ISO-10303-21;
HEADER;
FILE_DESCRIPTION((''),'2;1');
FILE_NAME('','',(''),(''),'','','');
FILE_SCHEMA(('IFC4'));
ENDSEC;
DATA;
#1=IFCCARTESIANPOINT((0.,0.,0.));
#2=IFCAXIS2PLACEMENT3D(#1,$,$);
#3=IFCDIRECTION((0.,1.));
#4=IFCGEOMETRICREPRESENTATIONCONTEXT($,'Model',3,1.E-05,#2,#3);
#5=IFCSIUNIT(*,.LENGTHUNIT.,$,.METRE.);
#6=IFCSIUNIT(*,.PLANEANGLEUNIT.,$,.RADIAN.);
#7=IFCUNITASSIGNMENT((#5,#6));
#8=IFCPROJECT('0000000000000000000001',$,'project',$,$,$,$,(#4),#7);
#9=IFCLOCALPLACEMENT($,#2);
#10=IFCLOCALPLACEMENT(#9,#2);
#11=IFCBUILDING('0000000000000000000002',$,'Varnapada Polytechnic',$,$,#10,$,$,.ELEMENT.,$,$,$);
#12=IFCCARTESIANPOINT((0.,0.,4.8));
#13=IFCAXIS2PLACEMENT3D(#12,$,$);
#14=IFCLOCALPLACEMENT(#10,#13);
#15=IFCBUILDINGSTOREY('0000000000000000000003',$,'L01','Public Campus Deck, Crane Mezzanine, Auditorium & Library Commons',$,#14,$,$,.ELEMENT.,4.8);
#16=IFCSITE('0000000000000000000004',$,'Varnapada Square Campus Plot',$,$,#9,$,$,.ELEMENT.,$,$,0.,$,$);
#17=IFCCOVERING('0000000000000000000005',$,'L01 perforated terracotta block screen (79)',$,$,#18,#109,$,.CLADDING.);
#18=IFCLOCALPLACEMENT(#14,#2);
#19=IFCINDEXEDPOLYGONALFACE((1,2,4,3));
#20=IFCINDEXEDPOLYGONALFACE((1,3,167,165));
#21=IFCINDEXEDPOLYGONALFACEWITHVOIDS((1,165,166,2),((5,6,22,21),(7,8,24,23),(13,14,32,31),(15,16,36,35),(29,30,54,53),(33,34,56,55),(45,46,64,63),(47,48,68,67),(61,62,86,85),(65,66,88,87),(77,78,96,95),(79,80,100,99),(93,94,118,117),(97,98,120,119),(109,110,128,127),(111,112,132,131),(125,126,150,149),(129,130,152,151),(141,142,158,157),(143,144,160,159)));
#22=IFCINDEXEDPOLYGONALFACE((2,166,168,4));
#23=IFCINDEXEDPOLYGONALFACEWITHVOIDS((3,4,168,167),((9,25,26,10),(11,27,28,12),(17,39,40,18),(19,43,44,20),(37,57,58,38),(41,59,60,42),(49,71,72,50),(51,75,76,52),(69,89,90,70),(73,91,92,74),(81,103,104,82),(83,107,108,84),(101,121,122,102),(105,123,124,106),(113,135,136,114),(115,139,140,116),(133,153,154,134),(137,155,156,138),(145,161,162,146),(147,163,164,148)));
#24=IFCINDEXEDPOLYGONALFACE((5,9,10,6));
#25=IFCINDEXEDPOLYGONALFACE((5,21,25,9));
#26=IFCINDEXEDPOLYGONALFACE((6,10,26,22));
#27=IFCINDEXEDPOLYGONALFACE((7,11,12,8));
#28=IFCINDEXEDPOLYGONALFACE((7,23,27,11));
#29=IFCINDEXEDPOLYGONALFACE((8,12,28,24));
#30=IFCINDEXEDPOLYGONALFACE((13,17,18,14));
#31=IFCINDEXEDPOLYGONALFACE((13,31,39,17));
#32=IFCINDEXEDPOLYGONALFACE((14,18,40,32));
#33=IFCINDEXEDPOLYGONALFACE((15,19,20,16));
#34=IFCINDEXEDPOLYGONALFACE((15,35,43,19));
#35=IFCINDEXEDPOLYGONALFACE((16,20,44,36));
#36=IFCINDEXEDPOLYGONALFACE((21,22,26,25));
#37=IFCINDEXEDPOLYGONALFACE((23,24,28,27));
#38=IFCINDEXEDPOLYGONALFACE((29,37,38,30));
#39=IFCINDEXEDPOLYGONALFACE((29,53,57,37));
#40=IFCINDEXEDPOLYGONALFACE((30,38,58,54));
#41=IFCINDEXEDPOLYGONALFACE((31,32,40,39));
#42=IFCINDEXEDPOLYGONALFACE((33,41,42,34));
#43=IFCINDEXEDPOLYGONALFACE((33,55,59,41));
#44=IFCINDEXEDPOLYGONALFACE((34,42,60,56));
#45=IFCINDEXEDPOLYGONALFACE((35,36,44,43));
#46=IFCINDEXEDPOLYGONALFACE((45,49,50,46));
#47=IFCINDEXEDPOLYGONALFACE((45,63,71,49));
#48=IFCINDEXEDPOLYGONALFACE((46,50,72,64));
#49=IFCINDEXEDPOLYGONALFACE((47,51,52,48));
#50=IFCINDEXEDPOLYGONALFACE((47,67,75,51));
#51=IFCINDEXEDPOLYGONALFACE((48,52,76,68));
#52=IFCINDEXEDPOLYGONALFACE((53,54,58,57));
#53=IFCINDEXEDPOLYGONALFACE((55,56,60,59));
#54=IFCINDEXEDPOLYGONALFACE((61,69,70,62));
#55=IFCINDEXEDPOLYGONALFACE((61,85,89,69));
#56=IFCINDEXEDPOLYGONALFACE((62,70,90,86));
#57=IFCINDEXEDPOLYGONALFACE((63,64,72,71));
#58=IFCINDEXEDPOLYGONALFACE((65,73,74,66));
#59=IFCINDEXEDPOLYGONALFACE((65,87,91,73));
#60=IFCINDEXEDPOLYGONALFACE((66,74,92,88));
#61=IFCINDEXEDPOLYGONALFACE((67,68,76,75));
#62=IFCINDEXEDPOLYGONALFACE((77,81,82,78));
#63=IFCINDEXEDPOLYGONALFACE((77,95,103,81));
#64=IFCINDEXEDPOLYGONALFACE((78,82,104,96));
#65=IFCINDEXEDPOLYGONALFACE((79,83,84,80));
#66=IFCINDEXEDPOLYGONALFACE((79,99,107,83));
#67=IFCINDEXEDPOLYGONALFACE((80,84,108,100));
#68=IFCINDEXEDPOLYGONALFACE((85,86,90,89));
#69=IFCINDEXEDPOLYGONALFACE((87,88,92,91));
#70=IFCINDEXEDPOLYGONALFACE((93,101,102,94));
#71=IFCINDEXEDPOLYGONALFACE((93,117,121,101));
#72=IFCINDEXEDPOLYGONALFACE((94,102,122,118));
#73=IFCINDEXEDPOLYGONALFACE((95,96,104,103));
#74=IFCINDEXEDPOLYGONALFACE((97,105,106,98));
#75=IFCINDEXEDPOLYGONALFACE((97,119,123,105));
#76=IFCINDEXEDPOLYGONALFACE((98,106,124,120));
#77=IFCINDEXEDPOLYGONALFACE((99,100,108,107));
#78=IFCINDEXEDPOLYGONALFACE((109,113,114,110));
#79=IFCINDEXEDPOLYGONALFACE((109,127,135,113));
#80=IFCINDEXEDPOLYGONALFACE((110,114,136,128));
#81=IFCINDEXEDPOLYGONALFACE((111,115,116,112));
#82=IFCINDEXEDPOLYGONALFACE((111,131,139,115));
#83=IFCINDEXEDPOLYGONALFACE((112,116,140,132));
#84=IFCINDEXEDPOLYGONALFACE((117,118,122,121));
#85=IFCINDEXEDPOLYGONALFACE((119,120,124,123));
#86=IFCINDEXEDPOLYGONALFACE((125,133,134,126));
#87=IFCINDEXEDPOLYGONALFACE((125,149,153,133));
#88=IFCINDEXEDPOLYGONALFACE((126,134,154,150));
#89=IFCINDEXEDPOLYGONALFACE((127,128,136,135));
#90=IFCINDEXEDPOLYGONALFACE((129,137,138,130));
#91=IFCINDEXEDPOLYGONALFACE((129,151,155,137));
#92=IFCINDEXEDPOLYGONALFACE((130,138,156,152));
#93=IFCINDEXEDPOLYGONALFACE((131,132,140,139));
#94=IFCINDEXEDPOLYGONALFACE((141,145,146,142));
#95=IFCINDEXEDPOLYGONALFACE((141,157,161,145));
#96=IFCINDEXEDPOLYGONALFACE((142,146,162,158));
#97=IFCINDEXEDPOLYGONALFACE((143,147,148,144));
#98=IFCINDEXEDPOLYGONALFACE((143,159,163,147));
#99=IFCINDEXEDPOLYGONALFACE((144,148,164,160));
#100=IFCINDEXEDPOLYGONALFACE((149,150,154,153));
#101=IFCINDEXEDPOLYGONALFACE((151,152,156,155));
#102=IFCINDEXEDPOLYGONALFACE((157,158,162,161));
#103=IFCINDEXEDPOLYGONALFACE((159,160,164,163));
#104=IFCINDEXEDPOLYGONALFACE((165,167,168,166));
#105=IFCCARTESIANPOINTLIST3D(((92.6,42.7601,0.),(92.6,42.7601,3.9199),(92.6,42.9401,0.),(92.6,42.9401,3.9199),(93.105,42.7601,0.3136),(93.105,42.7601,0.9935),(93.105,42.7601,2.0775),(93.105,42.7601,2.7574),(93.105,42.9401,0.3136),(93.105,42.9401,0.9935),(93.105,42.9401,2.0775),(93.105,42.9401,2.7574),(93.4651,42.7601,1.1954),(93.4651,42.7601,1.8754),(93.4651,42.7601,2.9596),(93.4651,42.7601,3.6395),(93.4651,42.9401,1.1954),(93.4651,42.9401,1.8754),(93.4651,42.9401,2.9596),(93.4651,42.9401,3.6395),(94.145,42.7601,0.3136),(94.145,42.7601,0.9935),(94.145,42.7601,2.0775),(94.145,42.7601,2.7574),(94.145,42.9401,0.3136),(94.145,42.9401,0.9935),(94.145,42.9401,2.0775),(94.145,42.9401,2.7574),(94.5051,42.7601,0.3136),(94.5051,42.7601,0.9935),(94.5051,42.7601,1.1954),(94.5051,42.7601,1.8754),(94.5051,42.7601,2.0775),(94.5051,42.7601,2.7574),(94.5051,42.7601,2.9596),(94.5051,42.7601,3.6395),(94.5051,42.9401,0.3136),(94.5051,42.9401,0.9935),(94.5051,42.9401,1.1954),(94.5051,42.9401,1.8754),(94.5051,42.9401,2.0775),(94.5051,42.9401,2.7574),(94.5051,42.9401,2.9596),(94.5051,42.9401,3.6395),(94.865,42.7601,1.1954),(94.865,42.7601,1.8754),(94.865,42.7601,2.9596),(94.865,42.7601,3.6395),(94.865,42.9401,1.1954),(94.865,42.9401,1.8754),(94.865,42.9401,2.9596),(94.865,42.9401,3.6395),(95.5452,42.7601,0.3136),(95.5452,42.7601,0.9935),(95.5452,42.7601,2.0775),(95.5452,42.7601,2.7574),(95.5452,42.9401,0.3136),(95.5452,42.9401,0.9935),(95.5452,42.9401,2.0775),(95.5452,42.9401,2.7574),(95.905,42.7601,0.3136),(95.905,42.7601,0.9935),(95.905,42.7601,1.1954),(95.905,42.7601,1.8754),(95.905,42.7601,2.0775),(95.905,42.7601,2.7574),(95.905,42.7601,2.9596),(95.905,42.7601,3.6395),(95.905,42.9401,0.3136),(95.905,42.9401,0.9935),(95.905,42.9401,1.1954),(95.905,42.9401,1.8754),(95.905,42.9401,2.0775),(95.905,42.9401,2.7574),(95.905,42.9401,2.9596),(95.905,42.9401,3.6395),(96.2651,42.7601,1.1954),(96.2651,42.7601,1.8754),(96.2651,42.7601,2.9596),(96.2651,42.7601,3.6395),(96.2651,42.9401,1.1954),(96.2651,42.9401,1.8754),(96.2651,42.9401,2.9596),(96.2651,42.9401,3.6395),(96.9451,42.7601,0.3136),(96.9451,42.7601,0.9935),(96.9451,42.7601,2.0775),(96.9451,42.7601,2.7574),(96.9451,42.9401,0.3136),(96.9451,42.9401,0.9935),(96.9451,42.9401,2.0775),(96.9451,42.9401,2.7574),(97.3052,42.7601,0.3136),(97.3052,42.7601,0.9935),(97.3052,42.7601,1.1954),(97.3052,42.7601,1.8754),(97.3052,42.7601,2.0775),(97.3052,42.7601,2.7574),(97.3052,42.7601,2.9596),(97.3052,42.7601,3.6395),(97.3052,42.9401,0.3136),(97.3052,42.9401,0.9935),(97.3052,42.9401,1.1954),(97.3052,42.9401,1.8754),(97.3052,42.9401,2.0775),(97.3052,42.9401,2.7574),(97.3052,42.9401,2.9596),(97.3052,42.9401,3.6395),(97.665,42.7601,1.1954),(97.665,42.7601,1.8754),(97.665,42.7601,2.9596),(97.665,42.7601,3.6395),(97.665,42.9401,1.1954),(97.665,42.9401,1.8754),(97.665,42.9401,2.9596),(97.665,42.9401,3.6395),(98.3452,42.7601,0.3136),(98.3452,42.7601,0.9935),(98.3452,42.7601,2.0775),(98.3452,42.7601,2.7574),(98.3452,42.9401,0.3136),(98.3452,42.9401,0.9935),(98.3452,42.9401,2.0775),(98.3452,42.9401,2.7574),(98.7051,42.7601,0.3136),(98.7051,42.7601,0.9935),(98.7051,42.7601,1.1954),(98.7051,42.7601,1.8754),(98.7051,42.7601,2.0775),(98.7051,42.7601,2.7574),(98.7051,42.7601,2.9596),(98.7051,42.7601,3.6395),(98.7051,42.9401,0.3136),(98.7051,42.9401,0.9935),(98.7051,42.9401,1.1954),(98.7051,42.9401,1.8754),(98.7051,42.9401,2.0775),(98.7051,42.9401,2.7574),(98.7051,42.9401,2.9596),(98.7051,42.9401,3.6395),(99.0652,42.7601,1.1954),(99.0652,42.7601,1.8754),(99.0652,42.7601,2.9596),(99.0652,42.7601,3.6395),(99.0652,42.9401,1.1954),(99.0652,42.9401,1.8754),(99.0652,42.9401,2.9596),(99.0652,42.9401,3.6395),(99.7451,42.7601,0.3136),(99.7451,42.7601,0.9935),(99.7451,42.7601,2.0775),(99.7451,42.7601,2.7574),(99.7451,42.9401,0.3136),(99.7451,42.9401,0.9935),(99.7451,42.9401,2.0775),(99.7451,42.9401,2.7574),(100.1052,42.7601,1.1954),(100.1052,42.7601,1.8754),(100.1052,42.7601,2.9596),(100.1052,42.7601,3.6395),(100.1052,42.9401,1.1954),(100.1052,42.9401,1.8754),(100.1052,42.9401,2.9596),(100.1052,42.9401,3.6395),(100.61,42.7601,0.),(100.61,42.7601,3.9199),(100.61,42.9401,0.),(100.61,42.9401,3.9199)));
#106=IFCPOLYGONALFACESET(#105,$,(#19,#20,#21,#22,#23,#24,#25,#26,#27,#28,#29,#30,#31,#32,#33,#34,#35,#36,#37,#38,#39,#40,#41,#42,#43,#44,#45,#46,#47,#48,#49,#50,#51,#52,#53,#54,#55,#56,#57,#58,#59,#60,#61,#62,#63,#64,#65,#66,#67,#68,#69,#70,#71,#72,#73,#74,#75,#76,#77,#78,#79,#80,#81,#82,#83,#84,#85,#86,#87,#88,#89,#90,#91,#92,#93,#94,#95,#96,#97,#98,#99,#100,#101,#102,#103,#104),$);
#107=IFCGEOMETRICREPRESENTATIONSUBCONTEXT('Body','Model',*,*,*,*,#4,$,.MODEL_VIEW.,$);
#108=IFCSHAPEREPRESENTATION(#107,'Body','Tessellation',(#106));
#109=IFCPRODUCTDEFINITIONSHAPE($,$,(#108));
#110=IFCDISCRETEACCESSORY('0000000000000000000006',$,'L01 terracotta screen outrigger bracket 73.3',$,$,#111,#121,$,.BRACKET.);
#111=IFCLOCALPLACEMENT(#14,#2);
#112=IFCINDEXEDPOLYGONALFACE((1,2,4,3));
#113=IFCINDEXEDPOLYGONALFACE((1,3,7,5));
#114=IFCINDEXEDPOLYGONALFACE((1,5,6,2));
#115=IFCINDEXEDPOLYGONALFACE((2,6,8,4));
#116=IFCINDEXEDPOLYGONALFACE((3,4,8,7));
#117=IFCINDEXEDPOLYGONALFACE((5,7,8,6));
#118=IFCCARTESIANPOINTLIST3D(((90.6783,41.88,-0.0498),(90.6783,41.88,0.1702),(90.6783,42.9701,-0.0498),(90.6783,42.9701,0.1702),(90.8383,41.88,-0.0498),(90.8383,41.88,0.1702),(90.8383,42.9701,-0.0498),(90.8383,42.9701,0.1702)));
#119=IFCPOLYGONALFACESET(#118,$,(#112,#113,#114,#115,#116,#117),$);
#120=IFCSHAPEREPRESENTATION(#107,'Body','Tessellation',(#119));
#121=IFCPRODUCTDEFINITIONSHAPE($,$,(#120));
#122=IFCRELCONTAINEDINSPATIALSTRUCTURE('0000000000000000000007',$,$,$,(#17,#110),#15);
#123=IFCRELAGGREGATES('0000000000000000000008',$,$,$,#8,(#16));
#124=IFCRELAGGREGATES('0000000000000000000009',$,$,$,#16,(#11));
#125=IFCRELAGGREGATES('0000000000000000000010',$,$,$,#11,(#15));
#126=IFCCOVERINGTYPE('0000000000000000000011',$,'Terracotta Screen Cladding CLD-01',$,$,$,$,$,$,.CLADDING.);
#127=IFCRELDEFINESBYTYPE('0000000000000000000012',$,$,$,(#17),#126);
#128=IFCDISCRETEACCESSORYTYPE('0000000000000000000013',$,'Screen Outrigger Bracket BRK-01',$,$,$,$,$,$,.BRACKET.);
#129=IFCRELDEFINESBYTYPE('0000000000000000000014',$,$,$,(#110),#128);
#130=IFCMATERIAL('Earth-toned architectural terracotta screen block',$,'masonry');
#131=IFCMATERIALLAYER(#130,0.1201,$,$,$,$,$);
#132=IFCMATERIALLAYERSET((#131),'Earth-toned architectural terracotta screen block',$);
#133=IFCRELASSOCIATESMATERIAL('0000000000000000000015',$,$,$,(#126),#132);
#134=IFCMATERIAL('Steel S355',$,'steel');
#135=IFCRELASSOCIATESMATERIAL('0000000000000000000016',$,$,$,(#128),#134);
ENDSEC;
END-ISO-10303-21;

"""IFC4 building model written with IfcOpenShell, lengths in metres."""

from ifc_helpers import new_model, si_unit, direction, frame, frame_2d, origin, origin_2d, place, context, subcontext, project, spatial, rectangle, extrude, material, layer, layer_set, type_object, element, save


model = new_model("IFC4")

# Units and contexts
model_context = context("Model", 3, precision=1e-05, world=origin(), true_north=direction((0.0, 1.0)))
body_context = subcontext(model_context, "Body", "Model", "MODEL_VIEW")
ifc_project = project(units=[si_unit("LENGTHUNIT", "METRE"), si_unit("PLANEANGLEUNIT", "RADIAN")], contexts=[model_context])

# Site, building, storey
site_placement = place(None, origin())
site = spatial("IfcSite", under=ifc_project, at=site_placement, Name="Varnapada Square Campus Plot", CompositionType="ELEMENT", RefElevation=0.0)
building_placement = place(site_placement, origin())
building = spatial("IfcBuilding", under=site, at=building_placement, Name="Varnapada Polytechnic", CompositionType="ELEMENT")
storey_placement = place(building_placement, frame((0.0, 0.0, 4.8)))
storey = spatial("IfcBuildingStorey", under=building, at=storey_placement, Name="L01", Description="Public Campus Deck, Crane Mezzanine, Auditorium & Library Commons", CompositionType="ELEMENT", Elevation=4.8)

# Shared definitions
ifc_material_1 = material(Name="Steel S355", Category="steel")

# Covering, openings
ifc_material_2 = material(Name="Earth-toned architectural terracotta screen block", Category="masonry")
ifc_layer_1 = layer(ifc_material_2, 0.1201)
ifc_layer_set_1 = layer_set([ifc_layer_1], Name="Earth-toned architectural terracotta screen block")
covering_type = type_object("IfcCoveringType", Name="Terracotta Screen Cladding CLD-01", PredefinedType="CLADDING", material=ifc_layer_set_1)
covering_placement = place(storey_placement, frame((92.6001, 42.8501, 0.0), z_axis=(0.0, 0.0, 1.0), x_axis=(1.0, 0.0, 0.0)))
covering = element("IfcCovering", 1, at=covering_placement, inside=storey, type_object=covering_type, Name="L01 perforated terracotta block screen (79)", PredefinedType="CLADDING", context=body_context, shape_type="SweptSolid", body=[
    extrude(rectangle(XDim=8.01, YDim=0.1799, at=frame_2d((4.0049, 0.0))), origin(), (0.0, 0.0, 1.0), 3.9199),
])
opening_1_placement = place(covering_placement, frame((0.5049, 0.0, 0.3137)))
element("IfcOpeningElement", 2, at=opening_1_placement, cuts=covering, PredefinedType="OPENING", context=body_context, shape_type="SweptSolid", body=[
    extrude(rectangle(XDim=1.04, YDim=0.6799, at=frame_2d((0.52, 0.3398))), frame((0.0, 0.0999, 0.0), z_axis=(0.0, -1.0, 0.0), x_axis=(1.0, 0.0, 0.0)), (0.0, 0.0, 1.0), 0.2),
])
opening_2_placement = place(covering_placement, frame((1.905, 0.0, 0.3137)))
element("IfcOpeningElement", 3, at=opening_2_placement, cuts=covering, PredefinedType="OPENING", context=body_context, shape_type="SweptSolid", body=[
    extrude(rectangle(XDim=1.04, YDim=0.6799, at=frame_2d((0.52, 0.3398))), frame((0.0, 0.0999, 0.0), z_axis=(0.0, -1.0, 0.0), x_axis=(1.0, 0.0, 0.0)), (0.0, 0.0, 1.0), 0.2),
])
opening_3_placement = place(covering_placement, frame((3.3049, 0.0, 0.3137)))
element("IfcOpeningElement", 4, at=opening_3_placement, cuts=covering, PredefinedType="OPENING", context=body_context, shape_type="SweptSolid", body=[
    extrude(rectangle(XDim=1.04, YDim=0.6799, at=frame_2d((0.52, 0.3398))), frame((0.0, 0.0999, 0.0), z_axis=(0.0, -1.0, 0.0), x_axis=(1.0, 0.0, 0.0)), (0.0, 0.0, 1.0), 0.2),
])
opening_4_placement = place(covering_placement, frame((4.7051, 0.0, 0.3137)))
element("IfcOpeningElement", 5, at=opening_4_placement, cuts=covering, PredefinedType="OPENING", context=body_context, shape_type="SweptSolid", body=[
    extrude(rectangle(XDim=1.04, YDim=0.6799, at=frame_2d((0.52, 0.3398))), frame((0.0, 0.0999, 0.0), z_axis=(0.0, -1.0, 0.0), x_axis=(1.0, 0.0, 0.0)), (0.0, 0.0, 1.0), 0.2),
])
opening_5_placement = place(covering_placement, frame((6.105, 0.0, 0.3137)))
element("IfcOpeningElement", 6, at=opening_5_placement, cuts=covering, PredefinedType="OPENING", context=body_context, shape_type="SweptSolid", body=[
    extrude(rectangle(XDim=1.04, YDim=0.6799, at=frame_2d((0.52, 0.3398))), frame((0.0, 0.0999, 0.0), z_axis=(0.0, -1.0, 0.0), x_axis=(1.0, 0.0, 0.0)), (0.0, 0.0, 1.0), 0.2),
])
opening_6_placement = place(covering_placement, frame((0.865, 0.0, 1.1956)))
element("IfcOpeningElement", 7, at=opening_6_placement, cuts=covering, PredefinedType="OPENING", context=body_context, shape_type="SweptSolid", body=[
    extrude(rectangle(XDim=1.04, YDim=0.6799, at=frame_2d((0.52, 0.3398))), frame((0.0, 0.0999, 0.0), z_axis=(0.0, -1.0, 0.0), x_axis=(1.0, 0.0, 0.0)), (0.0, 0.0, 1.0), 0.2),
])
opening_7_placement = place(covering_placement, frame((2.2649, 0.0, 1.1956)))
element("IfcOpeningElement", 8, at=opening_7_placement, cuts=covering, PredefinedType="OPENING", context=body_context, shape_type="SweptSolid", body=[
    extrude(rectangle(XDim=1.04, YDim=0.6799, at=frame_2d((0.52, 0.3398))), frame((0.0, 0.0999, 0.0), z_axis=(0.0, -1.0, 0.0), x_axis=(1.0, 0.0, 0.0)), (0.0, 0.0, 1.0), 0.2),
])
opening_8_placement = place(covering_placement, frame((3.665, 0.0, 1.1956)))
element("IfcOpeningElement", 9, at=opening_8_placement, cuts=covering, PredefinedType="OPENING", context=body_context, shape_type="SweptSolid", body=[
    extrude(rectangle(XDim=1.04, YDim=0.6799, at=frame_2d((0.52, 0.3398))), frame((0.0, 0.0999, 0.0), z_axis=(0.0, -1.0, 0.0), x_axis=(1.0, 0.0, 0.0)), (0.0, 0.0, 1.0), 0.2),
])
opening_9_placement = place(covering_placement, frame((5.0649, 0.0, 1.1956)))
element("IfcOpeningElement", 10, at=opening_9_placement, cuts=covering, PredefinedType="OPENING", context=body_context, shape_type="SweptSolid", body=[
    extrude(rectangle(XDim=1.04, YDim=0.6799, at=frame_2d((0.52, 0.3398))), frame((0.0, 0.0999, 0.0), z_axis=(0.0, -1.0, 0.0), x_axis=(1.0, 0.0, 0.0)), (0.0, 0.0, 1.0), 0.2),
])
opening_10_placement = place(covering_placement, frame((6.4651, 0.0, 1.1956)))
element("IfcOpeningElement", 11, at=opening_10_placement, cuts=covering, PredefinedType="OPENING", context=body_context, shape_type="SweptSolid", body=[
    extrude(rectangle(XDim=1.04, YDim=0.6799, at=frame_2d((0.52, 0.3398))), frame((0.0, 0.0999, 0.0), z_axis=(0.0, -1.0, 0.0), x_axis=(1.0, 0.0, 0.0)), (0.0, 0.0, 1.0), 0.2),
])
opening_11_placement = place(covering_placement, frame((0.5049, 0.0, 2.0776)))
element("IfcOpeningElement", 12, at=opening_11_placement, cuts=covering, PredefinedType="OPENING", context=body_context, shape_type="SweptSolid", body=[
    extrude(rectangle(XDim=1.04, YDim=0.6799, at=frame_2d((0.52, 0.3398))), frame((0.0, 0.0999, 0.0), z_axis=(0.0, -1.0, 0.0), x_axis=(1.0, 0.0, 0.0)), (0.0, 0.0, 1.0), 0.2),
])
opening_12_placement = place(covering_placement, frame((1.905, 0.0, 2.0776)))
element("IfcOpeningElement", 13, at=opening_12_placement, cuts=covering, PredefinedType="OPENING", context=body_context, shape_type="SweptSolid", body=[
    extrude(rectangle(XDim=1.04, YDim=0.6799, at=frame_2d((0.52, 0.3398))), frame((0.0, 0.0999, 0.0), z_axis=(0.0, -1.0, 0.0), x_axis=(1.0, 0.0, 0.0)), (0.0, 0.0, 1.0), 0.2),
])
opening_13_placement = place(covering_placement, frame((3.3049, 0.0, 2.0776)))
element("IfcOpeningElement", 14, at=opening_13_placement, cuts=covering, PredefinedType="OPENING", context=body_context, shape_type="SweptSolid", body=[
    extrude(rectangle(XDim=1.04, YDim=0.6799, at=frame_2d((0.52, 0.3398))), frame((0.0, 0.0999, 0.0), z_axis=(0.0, -1.0, 0.0), x_axis=(1.0, 0.0, 0.0)), (0.0, 0.0, 1.0), 0.2),
])
opening_14_placement = place(covering_placement, frame((4.7051, 0.0, 2.0776)))
element("IfcOpeningElement", 15, at=opening_14_placement, cuts=covering, PredefinedType="OPENING", context=body_context, shape_type="SweptSolid", body=[
    extrude(rectangle(XDim=1.04, YDim=0.6799, at=frame_2d((0.52, 0.3398))), frame((0.0, 0.0999, 0.0), z_axis=(0.0, -1.0, 0.0), x_axis=(1.0, 0.0, 0.0)), (0.0, 0.0, 1.0), 0.2),
])
opening_15_placement = place(covering_placement, frame((6.105, 0.0, 2.0776)))
element("IfcOpeningElement", 16, at=opening_15_placement, cuts=covering, PredefinedType="OPENING", context=body_context, shape_type="SweptSolid", body=[
    extrude(rectangle(XDim=1.04, YDim=0.6799, at=frame_2d((0.52, 0.3398))), frame((0.0, 0.0999, 0.0), z_axis=(0.0, -1.0, 0.0), x_axis=(1.0, 0.0, 0.0)), (0.0, 0.0, 1.0), 0.2),
])
opening_16_placement = place(covering_placement, frame((0.865, 0.0, 2.9597)))
element("IfcOpeningElement", 17, at=opening_16_placement, cuts=covering, PredefinedType="OPENING", context=body_context, shape_type="SweptSolid", body=[
    extrude(rectangle(XDim=1.04, YDim=0.6799, at=frame_2d((0.52, 0.3398))), frame((0.0, 0.0999, 0.0), z_axis=(0.0, -1.0, 0.0), x_axis=(1.0, 0.0, 0.0)), (0.0, 0.0, 1.0), 0.2),
])
opening_17_placement = place(covering_placement, frame((2.2649, 0.0, 2.9597)))
element("IfcOpeningElement", 18, at=opening_17_placement, cuts=covering, PredefinedType="OPENING", context=body_context, shape_type="SweptSolid", body=[
    extrude(rectangle(XDim=1.04, YDim=0.6799, at=frame_2d((0.52, 0.3398))), frame((0.0, 0.0999, 0.0), z_axis=(0.0, -1.0, 0.0), x_axis=(1.0, 0.0, 0.0)), (0.0, 0.0, 1.0), 0.2),
])
opening_18_placement = place(covering_placement, frame((3.665, 0.0, 2.9597)))
element("IfcOpeningElement", 19, at=opening_18_placement, cuts=covering, PredefinedType="OPENING", context=body_context, shape_type="SweptSolid", body=[
    extrude(rectangle(XDim=1.04, YDim=0.6799, at=frame_2d((0.52, 0.3398))), frame((0.0, 0.0999, 0.0), z_axis=(0.0, -1.0, 0.0), x_axis=(1.0, 0.0, 0.0)), (0.0, 0.0, 1.0), 0.2),
])
opening_19_placement = place(covering_placement, frame((5.0649, 0.0, 2.9597)))
element("IfcOpeningElement", 20, at=opening_19_placement, cuts=covering, PredefinedType="OPENING", context=body_context, shape_type="SweptSolid", body=[
    extrude(rectangle(XDim=1.04, YDim=0.6799, at=frame_2d((0.52, 0.3398))), frame((0.0, 0.0999, 0.0), z_axis=(0.0, -1.0, 0.0), x_axis=(1.0, 0.0, 0.0)), (0.0, 0.0, 1.0), 0.2),
])
opening_20_placement = place(covering_placement, frame((6.4651, 0.0, 2.9597)))
element("IfcOpeningElement", 21, at=opening_20_placement, cuts=covering, PredefinedType="OPENING", context=body_context, shape_type="SweptSolid", body=[
    extrude(rectangle(XDim=1.04, YDim=0.6799, at=frame_2d((0.52, 0.3398))), frame((0.0, 0.0999, 0.0), z_axis=(0.0, -1.0, 0.0), x_axis=(1.0, 0.0, 0.0)), (0.0, 0.0, 1.0), 0.2),
])

# Discrete accessory
discrete_accessory_type = type_object("IfcDiscreteAccessoryType", Name="Screen Outrigger Bracket BRK-01", PredefinedType="BRACKET", material=ifc_material_1)
discrete_accessory_placement = place(storey_placement, frame((90.7583, 42.425, -0.0498), z_axis=(0.0, 0.0, 1.0), x_axis=(1.0, 0.0, 0.0)))
element("IfcDiscreteAccessory", 22, at=discrete_accessory_placement, inside=storey, type_object=discrete_accessory_type, Name="L01 terracotta screen outrigger bracket 73.3", PredefinedType="BRACKET", context=body_context, shape_type="SweptSolid", body=[
    extrude(rectangle(XDim=0.1599, YDim=1.0901, at=origin_2d()), origin(), (0.0, 0.0, 1.0), 0.22),
])

save(model, "model.ifc")
